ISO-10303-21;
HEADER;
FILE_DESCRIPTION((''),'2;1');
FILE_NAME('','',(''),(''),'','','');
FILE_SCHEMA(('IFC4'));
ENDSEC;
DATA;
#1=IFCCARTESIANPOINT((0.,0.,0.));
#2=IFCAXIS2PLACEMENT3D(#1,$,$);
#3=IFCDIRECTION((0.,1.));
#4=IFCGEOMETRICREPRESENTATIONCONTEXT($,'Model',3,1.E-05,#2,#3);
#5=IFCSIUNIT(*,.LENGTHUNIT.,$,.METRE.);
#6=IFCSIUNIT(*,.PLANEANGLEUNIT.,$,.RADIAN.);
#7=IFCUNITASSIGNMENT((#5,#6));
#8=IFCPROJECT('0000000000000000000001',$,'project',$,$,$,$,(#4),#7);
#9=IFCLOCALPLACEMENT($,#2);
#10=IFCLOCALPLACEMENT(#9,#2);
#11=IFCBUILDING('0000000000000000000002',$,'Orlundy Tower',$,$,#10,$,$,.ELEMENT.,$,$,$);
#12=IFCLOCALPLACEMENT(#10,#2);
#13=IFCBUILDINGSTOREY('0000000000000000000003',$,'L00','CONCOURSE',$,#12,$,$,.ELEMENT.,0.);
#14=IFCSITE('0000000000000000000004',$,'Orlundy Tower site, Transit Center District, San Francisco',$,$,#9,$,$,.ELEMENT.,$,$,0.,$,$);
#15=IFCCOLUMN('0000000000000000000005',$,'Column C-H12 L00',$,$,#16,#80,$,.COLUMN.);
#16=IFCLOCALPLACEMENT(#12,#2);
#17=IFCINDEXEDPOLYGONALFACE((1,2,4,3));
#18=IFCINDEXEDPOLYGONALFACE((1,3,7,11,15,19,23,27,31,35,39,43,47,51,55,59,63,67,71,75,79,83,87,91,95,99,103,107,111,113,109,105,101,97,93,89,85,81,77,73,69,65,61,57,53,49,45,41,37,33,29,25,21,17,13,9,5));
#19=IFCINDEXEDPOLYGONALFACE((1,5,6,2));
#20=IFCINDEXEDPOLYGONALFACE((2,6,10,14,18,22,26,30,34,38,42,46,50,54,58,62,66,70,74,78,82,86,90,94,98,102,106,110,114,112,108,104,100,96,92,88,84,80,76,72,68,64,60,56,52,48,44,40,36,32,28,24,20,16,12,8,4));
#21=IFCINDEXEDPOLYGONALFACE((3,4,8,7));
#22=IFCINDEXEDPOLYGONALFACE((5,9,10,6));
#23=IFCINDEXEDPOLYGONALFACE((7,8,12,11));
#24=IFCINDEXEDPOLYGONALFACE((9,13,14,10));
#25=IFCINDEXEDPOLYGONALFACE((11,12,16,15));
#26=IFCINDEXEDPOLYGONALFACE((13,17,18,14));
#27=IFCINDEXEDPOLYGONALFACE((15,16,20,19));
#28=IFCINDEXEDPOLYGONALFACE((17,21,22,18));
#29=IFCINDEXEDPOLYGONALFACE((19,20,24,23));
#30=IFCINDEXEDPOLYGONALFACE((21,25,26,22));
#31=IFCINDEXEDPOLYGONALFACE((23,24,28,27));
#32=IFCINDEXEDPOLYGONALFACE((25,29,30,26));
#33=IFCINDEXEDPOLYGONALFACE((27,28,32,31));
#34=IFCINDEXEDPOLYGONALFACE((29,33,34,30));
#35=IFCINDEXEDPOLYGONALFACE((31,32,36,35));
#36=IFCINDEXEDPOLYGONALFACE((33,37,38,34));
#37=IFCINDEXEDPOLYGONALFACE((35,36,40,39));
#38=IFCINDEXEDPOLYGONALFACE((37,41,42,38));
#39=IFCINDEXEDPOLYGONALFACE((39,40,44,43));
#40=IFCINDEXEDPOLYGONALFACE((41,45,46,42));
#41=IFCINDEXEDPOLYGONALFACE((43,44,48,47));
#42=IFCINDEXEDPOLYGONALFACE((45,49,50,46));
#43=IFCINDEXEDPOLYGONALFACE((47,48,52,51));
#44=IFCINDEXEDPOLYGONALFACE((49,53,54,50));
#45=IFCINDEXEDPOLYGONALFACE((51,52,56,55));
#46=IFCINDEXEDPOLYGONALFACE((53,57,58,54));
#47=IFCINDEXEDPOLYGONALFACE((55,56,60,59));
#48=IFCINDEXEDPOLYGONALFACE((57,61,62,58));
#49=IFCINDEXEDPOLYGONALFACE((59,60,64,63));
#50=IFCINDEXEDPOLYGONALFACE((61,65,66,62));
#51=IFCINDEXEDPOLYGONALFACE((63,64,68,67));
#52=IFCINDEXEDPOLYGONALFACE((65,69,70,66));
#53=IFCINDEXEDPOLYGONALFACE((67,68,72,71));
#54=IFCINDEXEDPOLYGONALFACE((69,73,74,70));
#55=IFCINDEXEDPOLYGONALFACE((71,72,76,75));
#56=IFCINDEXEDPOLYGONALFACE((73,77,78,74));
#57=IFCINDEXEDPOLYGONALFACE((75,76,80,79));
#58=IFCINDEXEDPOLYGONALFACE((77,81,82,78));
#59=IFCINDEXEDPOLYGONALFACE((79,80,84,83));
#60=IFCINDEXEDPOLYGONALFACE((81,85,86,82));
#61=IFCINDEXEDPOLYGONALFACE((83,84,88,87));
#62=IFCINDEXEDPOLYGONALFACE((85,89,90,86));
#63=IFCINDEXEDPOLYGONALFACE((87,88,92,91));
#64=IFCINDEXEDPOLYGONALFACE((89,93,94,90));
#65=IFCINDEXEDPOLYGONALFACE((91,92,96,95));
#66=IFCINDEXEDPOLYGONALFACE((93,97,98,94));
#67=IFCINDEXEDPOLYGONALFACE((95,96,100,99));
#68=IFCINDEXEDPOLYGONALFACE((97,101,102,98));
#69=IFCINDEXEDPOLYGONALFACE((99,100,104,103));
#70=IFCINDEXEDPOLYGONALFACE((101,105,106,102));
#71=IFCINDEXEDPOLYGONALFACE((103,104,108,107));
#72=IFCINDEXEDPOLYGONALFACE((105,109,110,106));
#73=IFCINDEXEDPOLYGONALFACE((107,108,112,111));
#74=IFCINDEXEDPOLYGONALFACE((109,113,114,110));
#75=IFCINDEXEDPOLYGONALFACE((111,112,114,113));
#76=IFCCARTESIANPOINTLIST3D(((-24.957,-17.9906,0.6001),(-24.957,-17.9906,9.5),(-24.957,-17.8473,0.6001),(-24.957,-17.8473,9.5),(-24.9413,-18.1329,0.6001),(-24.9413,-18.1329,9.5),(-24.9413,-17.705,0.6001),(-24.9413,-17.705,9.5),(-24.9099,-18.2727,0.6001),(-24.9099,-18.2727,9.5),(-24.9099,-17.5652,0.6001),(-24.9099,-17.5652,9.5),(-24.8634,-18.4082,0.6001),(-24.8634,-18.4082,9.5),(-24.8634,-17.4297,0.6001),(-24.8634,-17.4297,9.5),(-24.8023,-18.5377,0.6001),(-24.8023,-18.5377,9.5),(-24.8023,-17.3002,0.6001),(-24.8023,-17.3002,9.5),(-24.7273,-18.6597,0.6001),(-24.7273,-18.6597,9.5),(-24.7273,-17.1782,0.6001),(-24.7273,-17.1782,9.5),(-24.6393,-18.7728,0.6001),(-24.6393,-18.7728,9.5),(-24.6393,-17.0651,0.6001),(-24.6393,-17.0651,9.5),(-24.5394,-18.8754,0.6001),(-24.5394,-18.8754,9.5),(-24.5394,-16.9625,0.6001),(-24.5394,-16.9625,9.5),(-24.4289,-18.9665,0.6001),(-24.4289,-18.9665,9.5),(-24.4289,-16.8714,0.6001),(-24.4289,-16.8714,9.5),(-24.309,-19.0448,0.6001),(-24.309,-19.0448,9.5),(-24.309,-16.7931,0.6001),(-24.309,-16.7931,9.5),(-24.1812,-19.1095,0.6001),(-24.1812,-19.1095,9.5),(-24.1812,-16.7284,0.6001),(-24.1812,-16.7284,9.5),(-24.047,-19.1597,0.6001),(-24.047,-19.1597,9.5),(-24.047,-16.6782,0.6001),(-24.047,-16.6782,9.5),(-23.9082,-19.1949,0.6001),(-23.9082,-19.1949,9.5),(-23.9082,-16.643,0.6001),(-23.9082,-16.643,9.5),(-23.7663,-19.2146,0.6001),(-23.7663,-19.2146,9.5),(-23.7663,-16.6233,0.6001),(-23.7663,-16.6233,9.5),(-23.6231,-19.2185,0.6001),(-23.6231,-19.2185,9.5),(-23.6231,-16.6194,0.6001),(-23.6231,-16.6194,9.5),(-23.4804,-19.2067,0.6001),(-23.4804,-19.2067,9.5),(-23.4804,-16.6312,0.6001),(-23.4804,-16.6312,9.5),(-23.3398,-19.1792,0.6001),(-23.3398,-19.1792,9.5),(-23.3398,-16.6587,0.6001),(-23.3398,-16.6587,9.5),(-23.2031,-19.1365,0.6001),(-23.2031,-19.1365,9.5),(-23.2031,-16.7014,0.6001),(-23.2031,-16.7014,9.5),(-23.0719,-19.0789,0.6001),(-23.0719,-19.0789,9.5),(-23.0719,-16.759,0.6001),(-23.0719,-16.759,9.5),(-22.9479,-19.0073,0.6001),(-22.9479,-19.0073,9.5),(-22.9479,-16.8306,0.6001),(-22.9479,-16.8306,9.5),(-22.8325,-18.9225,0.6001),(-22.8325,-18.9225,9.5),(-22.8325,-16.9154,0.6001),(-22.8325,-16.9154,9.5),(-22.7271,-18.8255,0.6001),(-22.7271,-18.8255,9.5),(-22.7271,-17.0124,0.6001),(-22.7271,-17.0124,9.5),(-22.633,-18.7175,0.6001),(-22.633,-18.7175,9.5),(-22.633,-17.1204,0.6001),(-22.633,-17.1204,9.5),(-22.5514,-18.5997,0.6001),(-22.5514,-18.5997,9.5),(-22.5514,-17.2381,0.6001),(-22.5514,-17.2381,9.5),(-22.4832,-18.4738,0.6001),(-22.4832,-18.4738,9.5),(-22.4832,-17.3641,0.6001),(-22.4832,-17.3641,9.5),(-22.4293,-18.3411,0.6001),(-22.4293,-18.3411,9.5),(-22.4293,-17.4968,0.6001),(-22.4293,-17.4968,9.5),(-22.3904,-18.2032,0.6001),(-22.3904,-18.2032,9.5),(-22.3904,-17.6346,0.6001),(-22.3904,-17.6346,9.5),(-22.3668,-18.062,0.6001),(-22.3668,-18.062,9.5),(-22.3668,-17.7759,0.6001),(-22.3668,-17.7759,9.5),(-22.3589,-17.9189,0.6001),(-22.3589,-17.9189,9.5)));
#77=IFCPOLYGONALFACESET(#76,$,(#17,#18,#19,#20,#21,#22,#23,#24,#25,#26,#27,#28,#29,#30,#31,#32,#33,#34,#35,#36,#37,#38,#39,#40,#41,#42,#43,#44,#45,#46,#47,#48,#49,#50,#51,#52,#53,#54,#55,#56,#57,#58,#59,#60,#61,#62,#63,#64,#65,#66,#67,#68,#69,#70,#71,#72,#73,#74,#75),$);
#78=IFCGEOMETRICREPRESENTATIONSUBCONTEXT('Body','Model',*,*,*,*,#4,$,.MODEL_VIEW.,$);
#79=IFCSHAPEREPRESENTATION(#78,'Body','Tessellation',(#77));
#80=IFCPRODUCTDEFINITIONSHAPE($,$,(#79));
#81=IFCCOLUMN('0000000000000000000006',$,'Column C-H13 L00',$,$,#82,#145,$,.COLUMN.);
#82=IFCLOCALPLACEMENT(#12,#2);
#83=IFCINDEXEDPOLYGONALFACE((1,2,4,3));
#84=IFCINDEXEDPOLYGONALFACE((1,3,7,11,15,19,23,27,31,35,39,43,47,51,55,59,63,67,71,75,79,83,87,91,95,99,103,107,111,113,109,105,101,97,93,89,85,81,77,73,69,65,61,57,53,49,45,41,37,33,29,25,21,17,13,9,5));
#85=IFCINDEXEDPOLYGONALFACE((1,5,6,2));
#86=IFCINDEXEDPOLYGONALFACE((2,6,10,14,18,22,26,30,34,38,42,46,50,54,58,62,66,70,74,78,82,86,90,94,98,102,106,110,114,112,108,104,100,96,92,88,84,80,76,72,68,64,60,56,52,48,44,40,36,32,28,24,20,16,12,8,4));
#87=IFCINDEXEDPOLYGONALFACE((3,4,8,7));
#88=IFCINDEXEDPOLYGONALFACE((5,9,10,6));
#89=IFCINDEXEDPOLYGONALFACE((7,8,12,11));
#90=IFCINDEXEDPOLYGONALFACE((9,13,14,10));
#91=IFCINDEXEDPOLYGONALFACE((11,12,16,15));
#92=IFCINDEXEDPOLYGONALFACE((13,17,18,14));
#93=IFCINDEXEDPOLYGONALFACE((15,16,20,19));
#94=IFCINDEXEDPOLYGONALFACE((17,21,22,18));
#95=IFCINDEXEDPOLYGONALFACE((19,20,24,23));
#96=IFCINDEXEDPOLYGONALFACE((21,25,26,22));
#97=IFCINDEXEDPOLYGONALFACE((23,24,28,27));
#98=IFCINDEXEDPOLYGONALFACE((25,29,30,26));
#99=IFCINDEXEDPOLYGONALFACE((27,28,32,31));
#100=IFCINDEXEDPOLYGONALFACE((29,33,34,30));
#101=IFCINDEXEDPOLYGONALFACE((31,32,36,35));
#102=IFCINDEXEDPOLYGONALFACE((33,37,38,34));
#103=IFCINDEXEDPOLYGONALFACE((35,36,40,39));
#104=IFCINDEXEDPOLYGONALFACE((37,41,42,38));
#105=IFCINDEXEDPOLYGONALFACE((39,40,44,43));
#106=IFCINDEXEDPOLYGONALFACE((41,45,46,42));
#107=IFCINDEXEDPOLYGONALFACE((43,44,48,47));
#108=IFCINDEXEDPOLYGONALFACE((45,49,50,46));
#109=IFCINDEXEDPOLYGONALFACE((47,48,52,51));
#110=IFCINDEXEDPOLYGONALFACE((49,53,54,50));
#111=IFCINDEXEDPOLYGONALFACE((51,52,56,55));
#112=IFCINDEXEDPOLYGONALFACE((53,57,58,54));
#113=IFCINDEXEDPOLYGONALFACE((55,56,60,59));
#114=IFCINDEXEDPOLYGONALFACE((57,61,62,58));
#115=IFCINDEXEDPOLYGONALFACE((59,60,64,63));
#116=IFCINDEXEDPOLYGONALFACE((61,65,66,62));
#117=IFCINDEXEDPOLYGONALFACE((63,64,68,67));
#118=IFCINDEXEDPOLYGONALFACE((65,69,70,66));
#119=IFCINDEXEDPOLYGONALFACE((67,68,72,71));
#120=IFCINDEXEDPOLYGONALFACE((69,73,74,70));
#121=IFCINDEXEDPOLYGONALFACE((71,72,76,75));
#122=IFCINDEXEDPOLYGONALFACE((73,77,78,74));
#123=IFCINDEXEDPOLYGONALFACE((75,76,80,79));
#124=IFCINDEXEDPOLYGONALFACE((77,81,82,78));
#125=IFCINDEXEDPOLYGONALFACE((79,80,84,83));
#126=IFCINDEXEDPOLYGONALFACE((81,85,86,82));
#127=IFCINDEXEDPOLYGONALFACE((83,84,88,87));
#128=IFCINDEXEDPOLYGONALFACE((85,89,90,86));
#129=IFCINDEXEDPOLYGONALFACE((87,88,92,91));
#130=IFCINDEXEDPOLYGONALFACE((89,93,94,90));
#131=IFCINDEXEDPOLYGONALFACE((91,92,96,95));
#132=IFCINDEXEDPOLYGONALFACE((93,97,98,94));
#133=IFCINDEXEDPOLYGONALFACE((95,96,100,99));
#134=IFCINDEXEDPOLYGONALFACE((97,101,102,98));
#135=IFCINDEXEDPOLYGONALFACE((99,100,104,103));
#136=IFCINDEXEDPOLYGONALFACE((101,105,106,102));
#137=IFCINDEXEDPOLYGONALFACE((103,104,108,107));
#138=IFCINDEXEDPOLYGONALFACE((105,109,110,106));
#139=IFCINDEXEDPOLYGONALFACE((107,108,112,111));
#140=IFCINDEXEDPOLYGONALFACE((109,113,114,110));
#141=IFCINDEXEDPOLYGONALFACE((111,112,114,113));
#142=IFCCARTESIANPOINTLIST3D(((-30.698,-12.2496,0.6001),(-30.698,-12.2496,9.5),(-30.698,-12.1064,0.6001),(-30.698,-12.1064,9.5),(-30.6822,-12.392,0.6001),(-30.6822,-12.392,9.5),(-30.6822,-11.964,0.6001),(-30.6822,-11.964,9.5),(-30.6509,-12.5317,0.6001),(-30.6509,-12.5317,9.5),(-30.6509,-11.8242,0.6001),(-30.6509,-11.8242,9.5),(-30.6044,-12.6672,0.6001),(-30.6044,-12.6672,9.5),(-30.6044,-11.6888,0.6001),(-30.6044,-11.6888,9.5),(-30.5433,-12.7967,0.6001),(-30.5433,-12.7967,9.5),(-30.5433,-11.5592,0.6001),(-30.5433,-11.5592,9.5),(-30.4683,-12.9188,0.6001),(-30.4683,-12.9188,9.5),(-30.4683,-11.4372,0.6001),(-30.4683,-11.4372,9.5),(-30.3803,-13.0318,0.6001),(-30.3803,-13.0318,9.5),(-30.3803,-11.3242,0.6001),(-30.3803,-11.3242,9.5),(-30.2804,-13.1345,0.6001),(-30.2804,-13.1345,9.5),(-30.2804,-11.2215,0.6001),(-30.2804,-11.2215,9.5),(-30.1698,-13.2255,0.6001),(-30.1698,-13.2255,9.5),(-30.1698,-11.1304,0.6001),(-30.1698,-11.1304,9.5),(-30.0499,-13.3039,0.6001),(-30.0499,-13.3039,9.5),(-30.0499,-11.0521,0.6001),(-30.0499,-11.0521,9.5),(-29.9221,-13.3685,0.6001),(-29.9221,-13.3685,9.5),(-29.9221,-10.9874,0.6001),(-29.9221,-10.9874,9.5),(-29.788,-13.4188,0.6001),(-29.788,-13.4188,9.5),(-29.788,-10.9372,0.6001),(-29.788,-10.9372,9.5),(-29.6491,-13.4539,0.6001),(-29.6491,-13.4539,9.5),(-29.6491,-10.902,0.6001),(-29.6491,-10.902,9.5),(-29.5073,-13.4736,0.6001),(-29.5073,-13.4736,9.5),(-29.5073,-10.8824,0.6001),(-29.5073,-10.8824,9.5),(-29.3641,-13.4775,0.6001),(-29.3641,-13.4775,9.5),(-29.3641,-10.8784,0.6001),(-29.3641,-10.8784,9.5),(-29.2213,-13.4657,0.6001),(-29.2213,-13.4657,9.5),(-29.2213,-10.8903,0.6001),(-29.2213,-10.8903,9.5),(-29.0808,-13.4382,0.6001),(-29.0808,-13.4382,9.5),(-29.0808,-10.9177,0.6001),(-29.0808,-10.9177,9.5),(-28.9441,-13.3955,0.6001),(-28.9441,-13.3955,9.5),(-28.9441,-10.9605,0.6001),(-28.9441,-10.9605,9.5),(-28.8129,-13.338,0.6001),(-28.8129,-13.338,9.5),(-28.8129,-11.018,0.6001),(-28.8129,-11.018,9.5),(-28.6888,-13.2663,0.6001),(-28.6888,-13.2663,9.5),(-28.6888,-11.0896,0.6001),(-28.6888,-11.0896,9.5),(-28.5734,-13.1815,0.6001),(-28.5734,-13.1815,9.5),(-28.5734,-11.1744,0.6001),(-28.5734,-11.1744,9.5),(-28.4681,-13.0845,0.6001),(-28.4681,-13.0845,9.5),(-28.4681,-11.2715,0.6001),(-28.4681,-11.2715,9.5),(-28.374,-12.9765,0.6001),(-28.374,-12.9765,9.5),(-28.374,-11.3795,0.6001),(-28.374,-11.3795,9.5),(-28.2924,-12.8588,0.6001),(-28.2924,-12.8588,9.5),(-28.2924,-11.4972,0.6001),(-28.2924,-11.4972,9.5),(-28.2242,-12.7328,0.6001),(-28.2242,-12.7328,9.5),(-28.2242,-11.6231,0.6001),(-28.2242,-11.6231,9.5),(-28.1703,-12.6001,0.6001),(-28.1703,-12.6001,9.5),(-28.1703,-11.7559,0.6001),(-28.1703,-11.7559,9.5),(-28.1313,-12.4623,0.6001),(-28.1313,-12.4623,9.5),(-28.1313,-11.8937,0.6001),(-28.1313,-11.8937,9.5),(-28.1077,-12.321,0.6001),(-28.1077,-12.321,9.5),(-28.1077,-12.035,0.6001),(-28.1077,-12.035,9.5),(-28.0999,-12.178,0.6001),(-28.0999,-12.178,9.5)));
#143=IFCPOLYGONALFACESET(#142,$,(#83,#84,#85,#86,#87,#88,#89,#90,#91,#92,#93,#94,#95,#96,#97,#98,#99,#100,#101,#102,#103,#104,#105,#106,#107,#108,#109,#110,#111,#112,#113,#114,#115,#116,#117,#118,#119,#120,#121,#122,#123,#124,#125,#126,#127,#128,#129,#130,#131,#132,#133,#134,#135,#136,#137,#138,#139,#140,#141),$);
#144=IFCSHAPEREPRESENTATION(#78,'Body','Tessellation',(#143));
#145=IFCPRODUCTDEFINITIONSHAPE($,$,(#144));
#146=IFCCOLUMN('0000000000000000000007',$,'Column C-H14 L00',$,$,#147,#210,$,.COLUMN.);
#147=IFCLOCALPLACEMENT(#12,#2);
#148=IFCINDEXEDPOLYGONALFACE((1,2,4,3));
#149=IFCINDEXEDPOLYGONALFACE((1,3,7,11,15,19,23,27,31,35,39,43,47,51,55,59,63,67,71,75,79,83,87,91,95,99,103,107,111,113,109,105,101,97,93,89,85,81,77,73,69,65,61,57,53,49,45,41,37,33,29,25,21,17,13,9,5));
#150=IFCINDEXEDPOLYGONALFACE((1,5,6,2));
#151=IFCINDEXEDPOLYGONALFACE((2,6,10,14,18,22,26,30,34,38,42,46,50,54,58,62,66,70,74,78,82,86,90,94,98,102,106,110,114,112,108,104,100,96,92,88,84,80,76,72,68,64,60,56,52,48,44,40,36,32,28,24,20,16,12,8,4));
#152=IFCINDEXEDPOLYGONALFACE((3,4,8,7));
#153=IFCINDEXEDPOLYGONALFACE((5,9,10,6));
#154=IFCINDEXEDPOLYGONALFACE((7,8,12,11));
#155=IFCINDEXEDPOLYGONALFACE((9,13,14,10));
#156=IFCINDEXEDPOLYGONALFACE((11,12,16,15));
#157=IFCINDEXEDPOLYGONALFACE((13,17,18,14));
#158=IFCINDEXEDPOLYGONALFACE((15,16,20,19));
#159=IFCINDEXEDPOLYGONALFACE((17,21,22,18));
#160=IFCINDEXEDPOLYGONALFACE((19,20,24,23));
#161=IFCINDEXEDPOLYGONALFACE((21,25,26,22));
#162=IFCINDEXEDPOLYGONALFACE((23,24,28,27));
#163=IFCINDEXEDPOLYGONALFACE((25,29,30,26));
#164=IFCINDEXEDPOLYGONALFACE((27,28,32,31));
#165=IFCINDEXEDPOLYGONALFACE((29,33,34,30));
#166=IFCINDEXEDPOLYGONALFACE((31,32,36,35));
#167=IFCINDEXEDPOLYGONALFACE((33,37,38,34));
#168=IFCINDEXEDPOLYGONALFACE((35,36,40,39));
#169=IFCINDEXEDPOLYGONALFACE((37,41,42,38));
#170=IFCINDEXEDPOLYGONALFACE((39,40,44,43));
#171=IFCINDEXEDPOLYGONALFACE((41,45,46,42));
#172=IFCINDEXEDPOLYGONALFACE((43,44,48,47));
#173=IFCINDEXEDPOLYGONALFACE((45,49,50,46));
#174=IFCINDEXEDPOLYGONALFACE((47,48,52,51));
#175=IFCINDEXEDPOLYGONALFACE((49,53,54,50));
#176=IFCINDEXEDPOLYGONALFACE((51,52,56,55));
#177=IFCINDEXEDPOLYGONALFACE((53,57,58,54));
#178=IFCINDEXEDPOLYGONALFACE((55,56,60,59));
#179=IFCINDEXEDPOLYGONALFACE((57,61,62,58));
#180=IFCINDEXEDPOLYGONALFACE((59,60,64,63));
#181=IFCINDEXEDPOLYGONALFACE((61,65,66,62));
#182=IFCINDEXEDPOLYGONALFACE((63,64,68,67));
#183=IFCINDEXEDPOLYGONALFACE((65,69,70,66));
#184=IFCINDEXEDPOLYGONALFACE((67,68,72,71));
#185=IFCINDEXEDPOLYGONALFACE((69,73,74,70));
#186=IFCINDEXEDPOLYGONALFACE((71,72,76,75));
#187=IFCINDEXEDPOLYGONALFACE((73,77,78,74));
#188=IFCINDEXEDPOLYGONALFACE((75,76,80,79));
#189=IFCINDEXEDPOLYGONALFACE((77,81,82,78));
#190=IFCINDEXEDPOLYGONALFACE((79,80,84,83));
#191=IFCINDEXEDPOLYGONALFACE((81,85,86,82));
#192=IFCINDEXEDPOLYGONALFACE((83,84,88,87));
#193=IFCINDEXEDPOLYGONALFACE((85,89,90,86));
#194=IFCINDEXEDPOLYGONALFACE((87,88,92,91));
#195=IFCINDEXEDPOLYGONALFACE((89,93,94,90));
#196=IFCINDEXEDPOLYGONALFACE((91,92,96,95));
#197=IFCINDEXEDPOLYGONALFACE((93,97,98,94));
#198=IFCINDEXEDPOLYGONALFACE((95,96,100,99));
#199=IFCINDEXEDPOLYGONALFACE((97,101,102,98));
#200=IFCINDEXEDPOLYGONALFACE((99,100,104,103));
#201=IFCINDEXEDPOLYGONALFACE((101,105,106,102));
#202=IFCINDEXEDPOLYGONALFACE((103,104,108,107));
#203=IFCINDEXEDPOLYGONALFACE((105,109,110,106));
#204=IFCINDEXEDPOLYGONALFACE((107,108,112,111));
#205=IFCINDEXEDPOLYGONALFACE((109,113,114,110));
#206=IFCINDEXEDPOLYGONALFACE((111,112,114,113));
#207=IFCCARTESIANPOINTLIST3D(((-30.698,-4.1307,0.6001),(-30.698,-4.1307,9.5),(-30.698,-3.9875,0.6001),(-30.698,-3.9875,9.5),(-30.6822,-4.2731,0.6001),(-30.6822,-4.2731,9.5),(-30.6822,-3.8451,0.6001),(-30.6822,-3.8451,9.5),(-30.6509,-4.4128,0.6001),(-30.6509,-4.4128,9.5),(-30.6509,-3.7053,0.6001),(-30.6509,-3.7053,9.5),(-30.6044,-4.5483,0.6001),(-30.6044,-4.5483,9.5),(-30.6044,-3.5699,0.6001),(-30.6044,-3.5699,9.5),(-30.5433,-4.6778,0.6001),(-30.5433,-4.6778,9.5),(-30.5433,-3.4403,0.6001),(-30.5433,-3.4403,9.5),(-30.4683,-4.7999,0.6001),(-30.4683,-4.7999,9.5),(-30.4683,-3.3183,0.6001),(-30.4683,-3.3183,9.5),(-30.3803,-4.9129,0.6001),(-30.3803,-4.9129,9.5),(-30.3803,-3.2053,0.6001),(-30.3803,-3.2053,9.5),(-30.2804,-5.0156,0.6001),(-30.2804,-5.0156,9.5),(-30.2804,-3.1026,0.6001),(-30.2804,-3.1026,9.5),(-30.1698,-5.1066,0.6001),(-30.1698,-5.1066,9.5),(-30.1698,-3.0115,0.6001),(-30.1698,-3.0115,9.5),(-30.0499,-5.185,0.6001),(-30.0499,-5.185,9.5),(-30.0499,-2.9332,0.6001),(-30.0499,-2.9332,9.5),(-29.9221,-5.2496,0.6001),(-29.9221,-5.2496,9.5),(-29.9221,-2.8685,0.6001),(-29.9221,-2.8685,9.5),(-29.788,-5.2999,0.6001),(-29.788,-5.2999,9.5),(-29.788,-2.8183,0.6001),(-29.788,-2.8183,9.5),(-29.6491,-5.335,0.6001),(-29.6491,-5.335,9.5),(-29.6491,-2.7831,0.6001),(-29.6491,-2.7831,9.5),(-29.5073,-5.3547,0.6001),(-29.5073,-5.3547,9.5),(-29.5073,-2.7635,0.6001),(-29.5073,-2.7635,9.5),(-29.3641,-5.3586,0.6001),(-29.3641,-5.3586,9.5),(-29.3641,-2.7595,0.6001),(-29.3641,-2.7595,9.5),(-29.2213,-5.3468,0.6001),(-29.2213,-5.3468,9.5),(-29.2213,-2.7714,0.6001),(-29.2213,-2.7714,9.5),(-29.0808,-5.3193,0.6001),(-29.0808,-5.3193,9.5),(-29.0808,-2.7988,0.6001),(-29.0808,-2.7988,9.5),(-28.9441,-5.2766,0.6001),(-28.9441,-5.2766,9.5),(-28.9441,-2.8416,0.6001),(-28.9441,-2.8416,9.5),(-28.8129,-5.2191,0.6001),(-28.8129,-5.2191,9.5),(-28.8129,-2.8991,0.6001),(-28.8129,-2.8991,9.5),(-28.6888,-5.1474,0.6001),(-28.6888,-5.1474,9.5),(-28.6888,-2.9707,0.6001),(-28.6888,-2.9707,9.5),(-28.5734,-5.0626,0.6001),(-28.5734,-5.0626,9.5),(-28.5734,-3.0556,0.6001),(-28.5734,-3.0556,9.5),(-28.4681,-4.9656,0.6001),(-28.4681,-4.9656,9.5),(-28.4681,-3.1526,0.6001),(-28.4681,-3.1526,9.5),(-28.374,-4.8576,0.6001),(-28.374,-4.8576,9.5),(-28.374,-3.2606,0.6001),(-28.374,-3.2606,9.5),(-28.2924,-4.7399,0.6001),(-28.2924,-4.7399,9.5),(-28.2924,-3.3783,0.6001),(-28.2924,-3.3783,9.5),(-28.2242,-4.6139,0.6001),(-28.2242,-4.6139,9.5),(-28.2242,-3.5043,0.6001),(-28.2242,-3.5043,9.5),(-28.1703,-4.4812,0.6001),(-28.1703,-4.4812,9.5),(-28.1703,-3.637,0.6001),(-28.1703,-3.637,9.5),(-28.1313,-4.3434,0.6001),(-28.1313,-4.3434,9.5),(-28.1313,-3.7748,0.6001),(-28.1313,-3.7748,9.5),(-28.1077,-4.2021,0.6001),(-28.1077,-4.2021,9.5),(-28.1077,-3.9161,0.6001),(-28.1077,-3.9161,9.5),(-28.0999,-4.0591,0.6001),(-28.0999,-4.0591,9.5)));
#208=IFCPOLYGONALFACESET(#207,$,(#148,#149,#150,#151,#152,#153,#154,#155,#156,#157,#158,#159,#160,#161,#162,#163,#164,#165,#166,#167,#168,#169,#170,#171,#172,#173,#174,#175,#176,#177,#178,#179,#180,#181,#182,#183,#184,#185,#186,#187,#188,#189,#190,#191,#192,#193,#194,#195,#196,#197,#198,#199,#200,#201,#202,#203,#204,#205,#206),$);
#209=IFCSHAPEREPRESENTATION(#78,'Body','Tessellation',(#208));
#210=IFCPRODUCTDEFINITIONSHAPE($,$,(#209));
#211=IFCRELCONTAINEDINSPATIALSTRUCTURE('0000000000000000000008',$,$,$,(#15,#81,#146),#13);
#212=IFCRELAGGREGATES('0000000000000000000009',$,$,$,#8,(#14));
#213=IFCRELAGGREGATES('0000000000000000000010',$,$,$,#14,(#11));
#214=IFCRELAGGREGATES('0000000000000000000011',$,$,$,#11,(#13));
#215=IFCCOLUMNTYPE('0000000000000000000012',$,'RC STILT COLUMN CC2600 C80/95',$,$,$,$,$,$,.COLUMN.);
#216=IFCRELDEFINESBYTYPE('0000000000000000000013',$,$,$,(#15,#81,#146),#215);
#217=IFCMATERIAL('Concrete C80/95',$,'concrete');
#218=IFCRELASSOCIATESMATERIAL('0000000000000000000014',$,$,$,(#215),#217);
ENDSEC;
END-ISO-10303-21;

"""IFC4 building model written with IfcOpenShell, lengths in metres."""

from ifc_helpers import new_model, si_unit, direction, frame, origin, origin_2d, place, context, subcontext, project, spatial, circle, extrude, material, material_profile, profile_set, type_object, element, save


model = new_model("IFC4")

# Units and contexts
model_context = context("Model", 3, precision=1e-05, world=origin(), true_north=direction((0.0, 1.0)))
body_context = subcontext(model_context, "Body", "Model", "MODEL_VIEW")
ifc_project = project(units=[si_unit("LENGTHUNIT", "METRE"), si_unit("PLANEANGLEUNIT", "RADIAN")], contexts=[model_context])

# Site, building, storey
site_placement = place(None, origin())
site = spatial("IfcSite", under=ifc_project, at=site_placement, Name="Orlundy Tower site, Transit Center District, San Francisco", CompositionType="ELEMENT", RefElevation=0.0)
building_placement = place(site_placement, origin())
building = spatial("IfcBuilding", under=site, at=building_placement, Name="Orlundy Tower", CompositionType="ELEMENT")
storey_placement = place(building_placement, origin())
storey = spatial("IfcBuildingStorey", under=building, at=storey_placement, Name="L00", Description="CONCOURSE", CompositionType="ELEMENT", Elevation=0.0)

# Columns
ifc_material_1 = material(Name="Concrete C80/95", Category="concrete")
ifc_material_profile_1 = material_profile(ifc_material_1, circle(Radius=1.3, at=origin_2d()), Name="CC2600")
ifc_profile_set_1 = profile_set([ifc_material_profile_1], Name="Concrete C80/95")
column_type = type_object("IfcColumnType", Name="RC STILT COLUMN CC2600 C80/95", PredefinedType="COLUMN", material=ifc_profile_set_1)
for number, where, z_axis, x_axis, name in (
    (1, (-23.6589, -17.9189, 0.6001), (0.0, 0.0, 1.0), (1.0, 0.0, 0.0), "Column C-H12 L00"),
    (2, (-29.3999, -12.178, 0.6001), (0.0, 0.0, 1.0), (1.0, 0.0, 0.0), "Column C-H13 L00"),
    (3, (-29.3999, -4.0591, 0.6001), (0.0, 0.0, 1.0), (1.0, 0.0, 0.0), "Column C-H14 L00"),
):
    element("IfcColumn", number, at=place(storey_placement, frame(where, z_axis=z_axis, x_axis=x_axis)), inside=storey, type_object=column_type, Name=name, PredefinedType="COLUMN", context=body_context, shape_type="SweptSolid", body=[
        extrude(circle(Radius=1.3, at=origin_2d()), origin(), (0.0, 0.0, 1.0), 8.8999),
    ])

save(model, "model.ifc")
